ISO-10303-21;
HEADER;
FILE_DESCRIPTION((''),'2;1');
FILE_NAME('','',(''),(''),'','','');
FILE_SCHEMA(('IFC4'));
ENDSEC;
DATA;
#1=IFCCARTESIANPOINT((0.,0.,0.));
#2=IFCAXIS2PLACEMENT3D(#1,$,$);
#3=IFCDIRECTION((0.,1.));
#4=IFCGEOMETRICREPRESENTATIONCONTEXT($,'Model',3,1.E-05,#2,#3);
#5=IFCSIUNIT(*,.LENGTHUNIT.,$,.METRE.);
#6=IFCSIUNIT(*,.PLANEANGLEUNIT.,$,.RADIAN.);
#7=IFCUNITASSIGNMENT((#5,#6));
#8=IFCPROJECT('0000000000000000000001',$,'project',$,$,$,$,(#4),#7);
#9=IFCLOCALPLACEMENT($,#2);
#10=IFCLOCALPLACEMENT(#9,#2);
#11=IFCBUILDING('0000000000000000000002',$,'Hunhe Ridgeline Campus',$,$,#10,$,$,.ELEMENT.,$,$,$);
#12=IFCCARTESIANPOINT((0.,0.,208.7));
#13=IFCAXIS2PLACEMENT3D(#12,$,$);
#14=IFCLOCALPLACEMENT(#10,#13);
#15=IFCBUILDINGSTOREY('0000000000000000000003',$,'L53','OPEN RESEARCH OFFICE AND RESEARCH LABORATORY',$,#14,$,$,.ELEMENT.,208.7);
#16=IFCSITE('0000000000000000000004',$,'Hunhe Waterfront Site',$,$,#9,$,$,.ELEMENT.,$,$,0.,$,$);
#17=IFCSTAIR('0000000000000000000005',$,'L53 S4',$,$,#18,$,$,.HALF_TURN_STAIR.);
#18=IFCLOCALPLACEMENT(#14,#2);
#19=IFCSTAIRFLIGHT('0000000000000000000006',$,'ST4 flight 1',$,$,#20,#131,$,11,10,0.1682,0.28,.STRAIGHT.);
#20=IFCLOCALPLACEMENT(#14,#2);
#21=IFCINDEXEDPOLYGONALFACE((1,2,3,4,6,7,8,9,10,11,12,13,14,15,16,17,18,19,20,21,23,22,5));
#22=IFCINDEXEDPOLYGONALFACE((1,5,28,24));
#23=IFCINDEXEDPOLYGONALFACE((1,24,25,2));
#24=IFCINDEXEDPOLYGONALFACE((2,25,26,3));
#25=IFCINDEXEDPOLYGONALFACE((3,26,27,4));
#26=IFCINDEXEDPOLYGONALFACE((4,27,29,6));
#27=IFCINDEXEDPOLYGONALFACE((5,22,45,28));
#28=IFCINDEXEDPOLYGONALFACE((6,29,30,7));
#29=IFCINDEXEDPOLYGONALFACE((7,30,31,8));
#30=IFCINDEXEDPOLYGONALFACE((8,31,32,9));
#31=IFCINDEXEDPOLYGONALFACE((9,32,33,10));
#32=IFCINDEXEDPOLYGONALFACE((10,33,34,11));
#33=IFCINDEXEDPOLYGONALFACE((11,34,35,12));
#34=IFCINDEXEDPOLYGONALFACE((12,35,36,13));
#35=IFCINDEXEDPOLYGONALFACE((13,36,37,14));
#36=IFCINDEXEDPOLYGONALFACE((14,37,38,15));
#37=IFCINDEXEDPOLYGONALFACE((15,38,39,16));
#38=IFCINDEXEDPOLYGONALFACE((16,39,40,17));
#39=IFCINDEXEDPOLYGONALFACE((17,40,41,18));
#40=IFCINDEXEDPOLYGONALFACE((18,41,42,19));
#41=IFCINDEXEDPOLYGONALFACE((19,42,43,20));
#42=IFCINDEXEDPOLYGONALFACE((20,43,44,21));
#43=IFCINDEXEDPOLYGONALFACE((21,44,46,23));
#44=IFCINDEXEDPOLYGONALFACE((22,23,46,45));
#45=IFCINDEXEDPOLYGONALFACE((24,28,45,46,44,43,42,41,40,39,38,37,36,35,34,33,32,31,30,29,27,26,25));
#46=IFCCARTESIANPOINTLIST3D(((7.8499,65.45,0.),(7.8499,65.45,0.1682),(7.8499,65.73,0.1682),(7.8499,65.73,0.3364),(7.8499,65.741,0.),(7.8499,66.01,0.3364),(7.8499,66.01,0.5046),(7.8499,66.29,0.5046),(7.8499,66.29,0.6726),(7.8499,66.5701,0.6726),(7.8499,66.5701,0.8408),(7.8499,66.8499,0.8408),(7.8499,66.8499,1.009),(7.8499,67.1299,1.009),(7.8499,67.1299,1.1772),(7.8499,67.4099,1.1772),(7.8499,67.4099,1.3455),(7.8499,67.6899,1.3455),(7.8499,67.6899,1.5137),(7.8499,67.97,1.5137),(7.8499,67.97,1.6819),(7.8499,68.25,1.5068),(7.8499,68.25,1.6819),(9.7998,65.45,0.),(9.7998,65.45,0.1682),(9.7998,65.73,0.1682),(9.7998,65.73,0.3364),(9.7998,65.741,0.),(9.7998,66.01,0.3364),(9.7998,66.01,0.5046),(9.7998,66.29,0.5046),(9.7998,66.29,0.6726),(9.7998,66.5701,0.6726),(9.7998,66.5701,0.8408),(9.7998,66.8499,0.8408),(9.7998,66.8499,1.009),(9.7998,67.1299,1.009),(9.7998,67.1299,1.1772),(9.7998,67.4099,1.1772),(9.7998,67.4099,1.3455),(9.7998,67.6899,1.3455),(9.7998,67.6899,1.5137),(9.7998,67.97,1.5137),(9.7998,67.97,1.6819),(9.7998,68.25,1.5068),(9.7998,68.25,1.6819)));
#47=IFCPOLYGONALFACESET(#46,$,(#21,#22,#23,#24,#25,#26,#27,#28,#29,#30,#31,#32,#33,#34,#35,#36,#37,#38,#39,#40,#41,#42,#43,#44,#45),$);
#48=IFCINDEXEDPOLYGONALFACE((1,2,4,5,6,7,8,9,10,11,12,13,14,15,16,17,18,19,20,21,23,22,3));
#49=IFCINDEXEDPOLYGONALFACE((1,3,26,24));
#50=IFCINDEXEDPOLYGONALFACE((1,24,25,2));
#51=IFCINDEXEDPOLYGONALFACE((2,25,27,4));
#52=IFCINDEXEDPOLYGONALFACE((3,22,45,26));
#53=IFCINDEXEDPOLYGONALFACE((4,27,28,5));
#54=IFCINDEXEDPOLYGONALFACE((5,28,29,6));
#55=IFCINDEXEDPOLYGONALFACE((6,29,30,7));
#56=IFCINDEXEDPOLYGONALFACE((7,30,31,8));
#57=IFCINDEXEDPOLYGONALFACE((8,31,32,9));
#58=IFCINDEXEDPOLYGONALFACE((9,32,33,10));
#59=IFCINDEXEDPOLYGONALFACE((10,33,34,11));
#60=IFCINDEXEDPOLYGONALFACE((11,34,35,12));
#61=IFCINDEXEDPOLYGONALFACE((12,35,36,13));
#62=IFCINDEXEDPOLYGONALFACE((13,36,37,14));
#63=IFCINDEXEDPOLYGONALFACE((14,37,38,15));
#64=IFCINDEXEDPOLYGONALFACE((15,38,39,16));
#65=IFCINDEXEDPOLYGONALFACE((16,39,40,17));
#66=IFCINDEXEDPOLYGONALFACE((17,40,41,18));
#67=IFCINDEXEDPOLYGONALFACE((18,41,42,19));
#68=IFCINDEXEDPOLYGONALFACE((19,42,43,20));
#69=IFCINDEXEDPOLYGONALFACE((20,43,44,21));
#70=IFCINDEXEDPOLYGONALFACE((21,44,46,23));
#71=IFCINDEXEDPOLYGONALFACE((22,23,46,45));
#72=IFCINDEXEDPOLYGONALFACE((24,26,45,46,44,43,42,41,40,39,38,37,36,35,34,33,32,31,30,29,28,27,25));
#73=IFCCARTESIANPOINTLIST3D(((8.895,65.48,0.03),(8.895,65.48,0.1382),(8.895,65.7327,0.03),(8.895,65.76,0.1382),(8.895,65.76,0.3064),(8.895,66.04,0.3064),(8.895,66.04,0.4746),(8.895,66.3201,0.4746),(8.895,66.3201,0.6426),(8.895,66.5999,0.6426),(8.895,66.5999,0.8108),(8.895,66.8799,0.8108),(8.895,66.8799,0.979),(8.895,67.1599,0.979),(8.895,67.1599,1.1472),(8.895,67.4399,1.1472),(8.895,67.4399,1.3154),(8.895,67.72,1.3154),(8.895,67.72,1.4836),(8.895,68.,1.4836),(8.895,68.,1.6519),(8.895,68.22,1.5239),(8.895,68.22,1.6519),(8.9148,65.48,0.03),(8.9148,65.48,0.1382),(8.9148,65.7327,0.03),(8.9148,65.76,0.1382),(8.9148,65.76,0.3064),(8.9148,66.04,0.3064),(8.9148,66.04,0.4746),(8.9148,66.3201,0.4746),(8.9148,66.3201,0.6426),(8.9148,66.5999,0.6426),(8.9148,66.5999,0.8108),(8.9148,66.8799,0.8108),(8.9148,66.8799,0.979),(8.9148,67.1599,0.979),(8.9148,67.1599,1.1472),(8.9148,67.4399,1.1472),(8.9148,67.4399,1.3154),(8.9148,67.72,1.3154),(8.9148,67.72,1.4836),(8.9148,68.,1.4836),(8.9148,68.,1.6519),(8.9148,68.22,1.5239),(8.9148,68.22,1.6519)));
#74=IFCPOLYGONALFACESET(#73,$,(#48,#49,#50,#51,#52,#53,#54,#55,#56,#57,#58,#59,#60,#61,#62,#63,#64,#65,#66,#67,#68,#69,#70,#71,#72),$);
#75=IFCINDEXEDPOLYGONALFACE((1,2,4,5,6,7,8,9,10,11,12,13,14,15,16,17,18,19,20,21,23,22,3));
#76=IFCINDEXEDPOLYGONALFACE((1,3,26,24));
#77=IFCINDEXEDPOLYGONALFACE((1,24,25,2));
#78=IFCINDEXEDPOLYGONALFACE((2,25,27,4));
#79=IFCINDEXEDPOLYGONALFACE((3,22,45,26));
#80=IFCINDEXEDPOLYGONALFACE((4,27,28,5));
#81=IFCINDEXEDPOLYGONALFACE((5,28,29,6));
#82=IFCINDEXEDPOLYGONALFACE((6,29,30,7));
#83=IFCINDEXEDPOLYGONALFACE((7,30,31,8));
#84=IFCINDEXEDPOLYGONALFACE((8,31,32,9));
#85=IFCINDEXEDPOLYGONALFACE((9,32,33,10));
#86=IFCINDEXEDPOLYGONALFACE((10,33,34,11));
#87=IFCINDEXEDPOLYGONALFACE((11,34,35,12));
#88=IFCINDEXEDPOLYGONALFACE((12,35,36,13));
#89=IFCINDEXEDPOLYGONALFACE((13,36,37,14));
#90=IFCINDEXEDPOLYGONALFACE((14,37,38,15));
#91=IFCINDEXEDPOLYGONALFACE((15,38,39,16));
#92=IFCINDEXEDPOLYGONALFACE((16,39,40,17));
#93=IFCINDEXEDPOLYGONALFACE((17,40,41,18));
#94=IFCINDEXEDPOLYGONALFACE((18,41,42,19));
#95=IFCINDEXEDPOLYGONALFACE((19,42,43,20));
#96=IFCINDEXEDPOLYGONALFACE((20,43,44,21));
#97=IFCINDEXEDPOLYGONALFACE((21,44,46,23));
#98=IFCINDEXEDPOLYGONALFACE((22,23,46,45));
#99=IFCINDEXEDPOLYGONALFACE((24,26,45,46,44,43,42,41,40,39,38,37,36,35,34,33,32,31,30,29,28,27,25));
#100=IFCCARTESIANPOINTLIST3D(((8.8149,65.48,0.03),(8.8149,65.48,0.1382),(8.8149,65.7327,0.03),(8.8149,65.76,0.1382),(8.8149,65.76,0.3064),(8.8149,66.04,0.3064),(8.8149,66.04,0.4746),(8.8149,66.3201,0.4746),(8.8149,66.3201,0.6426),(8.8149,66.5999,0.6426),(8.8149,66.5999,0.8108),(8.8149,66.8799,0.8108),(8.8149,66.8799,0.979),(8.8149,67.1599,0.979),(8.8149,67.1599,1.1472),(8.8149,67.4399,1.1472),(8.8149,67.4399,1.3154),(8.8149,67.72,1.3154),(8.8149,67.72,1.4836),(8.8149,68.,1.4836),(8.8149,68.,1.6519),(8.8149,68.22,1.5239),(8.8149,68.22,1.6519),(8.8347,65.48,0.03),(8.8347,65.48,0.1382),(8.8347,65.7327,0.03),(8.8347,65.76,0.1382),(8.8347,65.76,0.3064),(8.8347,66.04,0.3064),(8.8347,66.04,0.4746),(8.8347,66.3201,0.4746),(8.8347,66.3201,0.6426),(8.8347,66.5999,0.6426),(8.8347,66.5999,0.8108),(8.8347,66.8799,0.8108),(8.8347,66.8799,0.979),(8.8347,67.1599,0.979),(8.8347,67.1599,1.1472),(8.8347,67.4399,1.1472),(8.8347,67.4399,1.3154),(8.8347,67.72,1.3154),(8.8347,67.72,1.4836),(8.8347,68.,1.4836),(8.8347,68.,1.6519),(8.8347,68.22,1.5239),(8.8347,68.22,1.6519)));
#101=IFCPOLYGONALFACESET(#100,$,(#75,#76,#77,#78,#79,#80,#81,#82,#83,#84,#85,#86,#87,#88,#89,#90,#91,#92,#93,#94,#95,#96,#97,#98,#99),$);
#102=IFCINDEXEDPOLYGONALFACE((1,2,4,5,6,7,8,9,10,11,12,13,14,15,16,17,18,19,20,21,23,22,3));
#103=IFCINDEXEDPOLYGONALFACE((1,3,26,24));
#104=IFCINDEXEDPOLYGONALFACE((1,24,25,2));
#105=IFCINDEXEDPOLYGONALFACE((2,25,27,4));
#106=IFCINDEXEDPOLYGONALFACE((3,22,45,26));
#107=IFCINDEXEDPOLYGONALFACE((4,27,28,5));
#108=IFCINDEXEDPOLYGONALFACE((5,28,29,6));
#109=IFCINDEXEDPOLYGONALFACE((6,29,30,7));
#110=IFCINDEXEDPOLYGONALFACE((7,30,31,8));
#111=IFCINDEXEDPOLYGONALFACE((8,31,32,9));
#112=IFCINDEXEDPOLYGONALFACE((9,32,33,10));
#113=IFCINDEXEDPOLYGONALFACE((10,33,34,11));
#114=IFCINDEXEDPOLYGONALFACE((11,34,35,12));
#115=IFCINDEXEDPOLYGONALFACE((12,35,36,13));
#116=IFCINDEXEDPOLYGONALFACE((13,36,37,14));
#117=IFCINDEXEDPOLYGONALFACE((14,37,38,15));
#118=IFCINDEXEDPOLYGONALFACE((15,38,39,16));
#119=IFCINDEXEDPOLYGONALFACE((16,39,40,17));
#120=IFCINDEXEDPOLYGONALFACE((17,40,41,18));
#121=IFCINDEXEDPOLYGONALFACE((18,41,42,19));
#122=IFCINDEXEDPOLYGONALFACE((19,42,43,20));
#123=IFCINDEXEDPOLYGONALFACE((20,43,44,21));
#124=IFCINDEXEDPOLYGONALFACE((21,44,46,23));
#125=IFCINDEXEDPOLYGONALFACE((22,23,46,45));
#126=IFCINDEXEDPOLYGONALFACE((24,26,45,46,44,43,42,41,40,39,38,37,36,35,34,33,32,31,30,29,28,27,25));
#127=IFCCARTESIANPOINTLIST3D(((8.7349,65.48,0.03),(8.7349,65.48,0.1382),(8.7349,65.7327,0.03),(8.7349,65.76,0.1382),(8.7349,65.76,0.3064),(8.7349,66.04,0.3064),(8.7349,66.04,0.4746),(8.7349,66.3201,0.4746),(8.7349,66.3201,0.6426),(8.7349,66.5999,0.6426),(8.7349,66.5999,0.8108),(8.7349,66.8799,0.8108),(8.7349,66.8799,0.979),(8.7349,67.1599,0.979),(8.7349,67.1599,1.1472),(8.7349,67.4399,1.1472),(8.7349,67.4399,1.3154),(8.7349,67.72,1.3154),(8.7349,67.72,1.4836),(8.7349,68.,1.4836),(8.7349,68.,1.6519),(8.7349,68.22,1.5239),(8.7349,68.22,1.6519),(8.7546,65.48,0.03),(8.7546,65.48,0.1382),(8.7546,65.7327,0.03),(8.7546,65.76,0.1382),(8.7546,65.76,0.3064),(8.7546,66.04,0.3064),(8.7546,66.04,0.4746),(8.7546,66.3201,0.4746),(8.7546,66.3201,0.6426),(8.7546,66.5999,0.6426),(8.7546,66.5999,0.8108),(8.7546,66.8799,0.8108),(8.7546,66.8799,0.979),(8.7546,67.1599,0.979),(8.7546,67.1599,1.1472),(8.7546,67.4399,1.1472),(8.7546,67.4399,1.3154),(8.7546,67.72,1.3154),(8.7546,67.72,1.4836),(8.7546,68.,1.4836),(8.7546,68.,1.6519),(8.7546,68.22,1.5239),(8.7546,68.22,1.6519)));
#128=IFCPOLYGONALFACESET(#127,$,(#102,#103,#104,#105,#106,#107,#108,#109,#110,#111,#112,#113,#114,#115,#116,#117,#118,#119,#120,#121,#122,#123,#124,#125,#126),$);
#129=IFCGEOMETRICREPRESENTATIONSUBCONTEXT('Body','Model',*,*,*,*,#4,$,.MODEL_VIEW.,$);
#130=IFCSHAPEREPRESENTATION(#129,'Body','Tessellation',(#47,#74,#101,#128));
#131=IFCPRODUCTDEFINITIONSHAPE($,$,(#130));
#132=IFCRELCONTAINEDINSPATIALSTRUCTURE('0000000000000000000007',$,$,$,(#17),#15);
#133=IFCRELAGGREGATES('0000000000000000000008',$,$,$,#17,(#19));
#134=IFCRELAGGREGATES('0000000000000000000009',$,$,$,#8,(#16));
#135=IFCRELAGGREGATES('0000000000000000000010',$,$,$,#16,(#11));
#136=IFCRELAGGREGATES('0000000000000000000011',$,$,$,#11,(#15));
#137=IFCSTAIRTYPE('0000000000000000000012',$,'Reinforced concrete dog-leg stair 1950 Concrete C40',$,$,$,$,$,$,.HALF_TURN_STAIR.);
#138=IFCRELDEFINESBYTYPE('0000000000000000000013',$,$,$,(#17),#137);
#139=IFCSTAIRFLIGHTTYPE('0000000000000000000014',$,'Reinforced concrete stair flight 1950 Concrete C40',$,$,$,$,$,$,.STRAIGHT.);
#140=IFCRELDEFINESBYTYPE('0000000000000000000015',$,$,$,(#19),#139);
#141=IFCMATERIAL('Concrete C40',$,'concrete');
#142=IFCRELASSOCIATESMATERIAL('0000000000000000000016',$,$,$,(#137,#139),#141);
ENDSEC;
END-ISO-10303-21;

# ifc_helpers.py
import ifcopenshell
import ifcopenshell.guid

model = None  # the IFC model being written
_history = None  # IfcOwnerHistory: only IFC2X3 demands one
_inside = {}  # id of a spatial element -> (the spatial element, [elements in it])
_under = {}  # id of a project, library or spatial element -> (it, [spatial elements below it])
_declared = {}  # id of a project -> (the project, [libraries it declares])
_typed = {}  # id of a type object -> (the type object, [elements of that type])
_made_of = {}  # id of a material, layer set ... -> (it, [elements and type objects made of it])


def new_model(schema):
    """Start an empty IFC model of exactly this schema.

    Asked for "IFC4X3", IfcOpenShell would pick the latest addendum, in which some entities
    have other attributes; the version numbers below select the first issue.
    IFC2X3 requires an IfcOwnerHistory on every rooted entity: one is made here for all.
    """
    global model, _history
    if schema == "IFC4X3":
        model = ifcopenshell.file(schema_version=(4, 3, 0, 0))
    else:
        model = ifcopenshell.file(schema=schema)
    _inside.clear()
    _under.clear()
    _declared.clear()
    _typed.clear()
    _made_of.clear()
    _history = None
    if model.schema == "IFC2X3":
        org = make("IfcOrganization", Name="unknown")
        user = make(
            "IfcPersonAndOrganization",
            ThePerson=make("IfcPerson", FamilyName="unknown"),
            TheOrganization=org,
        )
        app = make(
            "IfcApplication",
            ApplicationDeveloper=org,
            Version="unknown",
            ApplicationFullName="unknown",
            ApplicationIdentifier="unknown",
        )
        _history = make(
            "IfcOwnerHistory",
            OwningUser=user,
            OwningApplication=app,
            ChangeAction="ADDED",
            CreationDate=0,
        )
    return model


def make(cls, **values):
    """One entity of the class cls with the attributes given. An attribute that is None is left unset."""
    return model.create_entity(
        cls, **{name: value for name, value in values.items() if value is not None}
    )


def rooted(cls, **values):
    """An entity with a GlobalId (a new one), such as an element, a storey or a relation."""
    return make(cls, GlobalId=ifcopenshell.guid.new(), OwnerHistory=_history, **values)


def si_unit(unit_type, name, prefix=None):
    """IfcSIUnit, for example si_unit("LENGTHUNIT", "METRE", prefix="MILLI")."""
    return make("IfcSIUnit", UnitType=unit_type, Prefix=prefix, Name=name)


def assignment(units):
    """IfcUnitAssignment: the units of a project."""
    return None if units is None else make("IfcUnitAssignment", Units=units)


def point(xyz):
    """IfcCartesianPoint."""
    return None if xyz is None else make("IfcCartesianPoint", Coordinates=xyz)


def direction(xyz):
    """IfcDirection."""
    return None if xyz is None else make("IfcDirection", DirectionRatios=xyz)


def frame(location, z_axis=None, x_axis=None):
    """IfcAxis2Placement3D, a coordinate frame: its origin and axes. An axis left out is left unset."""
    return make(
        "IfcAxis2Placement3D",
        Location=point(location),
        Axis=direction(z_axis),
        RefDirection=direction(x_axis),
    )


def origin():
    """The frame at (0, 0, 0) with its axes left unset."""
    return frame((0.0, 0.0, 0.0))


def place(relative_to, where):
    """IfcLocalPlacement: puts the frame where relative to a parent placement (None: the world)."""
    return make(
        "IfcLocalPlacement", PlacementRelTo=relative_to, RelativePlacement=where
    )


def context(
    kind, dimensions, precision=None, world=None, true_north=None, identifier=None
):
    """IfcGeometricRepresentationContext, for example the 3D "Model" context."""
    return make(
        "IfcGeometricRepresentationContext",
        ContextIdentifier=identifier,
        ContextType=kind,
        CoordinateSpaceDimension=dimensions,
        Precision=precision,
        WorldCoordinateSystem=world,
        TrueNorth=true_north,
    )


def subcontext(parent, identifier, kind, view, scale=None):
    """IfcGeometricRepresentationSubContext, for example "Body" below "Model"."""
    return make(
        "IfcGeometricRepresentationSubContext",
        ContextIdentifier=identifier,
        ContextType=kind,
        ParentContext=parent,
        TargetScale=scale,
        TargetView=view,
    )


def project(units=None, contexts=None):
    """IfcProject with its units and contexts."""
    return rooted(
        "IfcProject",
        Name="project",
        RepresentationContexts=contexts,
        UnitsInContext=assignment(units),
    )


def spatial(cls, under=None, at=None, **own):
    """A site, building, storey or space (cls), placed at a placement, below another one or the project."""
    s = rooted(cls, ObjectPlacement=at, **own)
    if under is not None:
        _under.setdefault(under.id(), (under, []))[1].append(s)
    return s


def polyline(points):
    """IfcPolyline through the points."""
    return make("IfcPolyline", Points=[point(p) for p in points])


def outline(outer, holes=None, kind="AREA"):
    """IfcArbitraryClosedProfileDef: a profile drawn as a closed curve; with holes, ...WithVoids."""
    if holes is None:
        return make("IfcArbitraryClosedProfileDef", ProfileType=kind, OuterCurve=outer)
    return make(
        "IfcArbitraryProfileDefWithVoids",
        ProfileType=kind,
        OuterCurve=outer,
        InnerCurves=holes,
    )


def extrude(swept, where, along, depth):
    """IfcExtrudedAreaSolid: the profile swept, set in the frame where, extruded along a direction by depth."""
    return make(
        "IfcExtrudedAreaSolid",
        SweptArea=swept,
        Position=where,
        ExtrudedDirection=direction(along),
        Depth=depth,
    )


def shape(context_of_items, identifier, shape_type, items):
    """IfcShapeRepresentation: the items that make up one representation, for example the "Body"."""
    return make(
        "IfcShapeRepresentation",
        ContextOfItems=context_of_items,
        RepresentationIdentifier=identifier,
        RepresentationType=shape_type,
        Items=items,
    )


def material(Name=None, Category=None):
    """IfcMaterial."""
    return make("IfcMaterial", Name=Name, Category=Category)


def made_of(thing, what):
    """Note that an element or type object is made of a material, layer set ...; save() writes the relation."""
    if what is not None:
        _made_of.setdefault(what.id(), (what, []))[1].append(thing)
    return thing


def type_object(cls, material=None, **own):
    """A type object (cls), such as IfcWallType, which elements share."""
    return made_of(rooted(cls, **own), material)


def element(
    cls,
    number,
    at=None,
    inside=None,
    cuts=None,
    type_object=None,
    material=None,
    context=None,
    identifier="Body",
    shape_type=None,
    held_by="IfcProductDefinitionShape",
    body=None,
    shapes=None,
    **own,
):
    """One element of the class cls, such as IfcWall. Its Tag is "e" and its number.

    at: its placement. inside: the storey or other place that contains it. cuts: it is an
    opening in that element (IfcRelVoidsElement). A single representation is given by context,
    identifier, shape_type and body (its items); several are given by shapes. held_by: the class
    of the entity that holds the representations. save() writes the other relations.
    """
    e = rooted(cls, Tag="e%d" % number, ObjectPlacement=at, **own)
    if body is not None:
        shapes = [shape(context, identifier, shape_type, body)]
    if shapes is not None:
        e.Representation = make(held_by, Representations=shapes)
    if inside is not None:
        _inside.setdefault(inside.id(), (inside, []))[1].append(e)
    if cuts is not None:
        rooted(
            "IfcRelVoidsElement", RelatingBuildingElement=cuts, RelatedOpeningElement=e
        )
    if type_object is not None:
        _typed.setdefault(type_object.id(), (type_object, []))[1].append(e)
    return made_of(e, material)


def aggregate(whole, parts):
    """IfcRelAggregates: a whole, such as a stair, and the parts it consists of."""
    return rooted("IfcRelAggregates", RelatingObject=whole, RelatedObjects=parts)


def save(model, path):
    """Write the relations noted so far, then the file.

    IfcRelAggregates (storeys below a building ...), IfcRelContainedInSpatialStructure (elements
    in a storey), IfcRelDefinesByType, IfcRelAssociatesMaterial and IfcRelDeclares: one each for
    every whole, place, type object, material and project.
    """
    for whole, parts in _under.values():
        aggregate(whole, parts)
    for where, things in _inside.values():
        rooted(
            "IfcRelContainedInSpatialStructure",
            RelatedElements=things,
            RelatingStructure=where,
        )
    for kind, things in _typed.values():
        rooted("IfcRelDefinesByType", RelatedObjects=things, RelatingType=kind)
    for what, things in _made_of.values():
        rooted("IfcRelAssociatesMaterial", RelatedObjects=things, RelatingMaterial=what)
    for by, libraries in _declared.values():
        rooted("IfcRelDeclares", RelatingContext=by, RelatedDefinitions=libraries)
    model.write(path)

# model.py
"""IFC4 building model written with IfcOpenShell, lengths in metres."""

from ifc_helpers import new_model, si_unit, direction, frame, origin, place, context, subcontext, project, spatial, polyline, outline, extrude, material, type_object, element, aggregate, save


model = new_model("IFC4")

# Units and contexts
model_context = context("Model", 3, precision=1e-05, world=origin(), true_north=direction((0.0, 1.0)))
body_context = subcontext(model_context, "Body", "Model", "MODEL_VIEW")
ifc_project = project(units=[si_unit("LENGTHUNIT", "METRE"), si_unit("PLANEANGLEUNIT", "RADIAN")], contexts=[model_context])

# Site, building, storey
site_placement = place(None, origin())
site = spatial("IfcSite", under=ifc_project, at=site_placement, Name="Hunhe Waterfront Site", CompositionType="ELEMENT", RefElevation=0.0)
building_placement = place(site_placement, origin())
building = spatial("IfcBuilding", under=site, at=building_placement, Name="Hunhe Ridgeline Campus", CompositionType="ELEMENT")
storey_placement = place(building_placement, frame((0.0, 0.0, 208.7)))
storey = spatial("IfcBuildingStorey", under=building, at=storey_placement, Name="L53", Description="OPEN RESEARCH OFFICE AND RESEARCH LABORATORY", CompositionType="ELEMENT", Elevation=208.7)

# Shared definitions
ifc_material_1 = material(Name="Concrete C40", Category="concrete")
stair_type = type_object("IfcStairType", Name="Reinforced concrete dog-leg stair 1950 Concrete C40", PredefinedType="HALF_TURN_STAIR", material=ifc_material_1)
stair_flight_type = type_object("IfcStairFlightType", Name="Reinforced concrete stair flight 1950 Concrete C40", PredefinedType="STRAIGHT", material=ifc_material_1)

# Stair, stair flight
stair_1_placement = place(storey_placement, origin())
stair_1 = element("IfcStair", 1, at=stair_1_placement, inside=storey, type_object=stair_type, Name="L53 S4", PredefinedType="HALF_TURN_STAIR")
stair_flight_1_placement = place(storey_placement, frame((8.825, 65.45, 0.0), z_axis=(0.0, 0.0, 1.0), x_axis=(0.0, 1.0, 0.0)))
stair_flight_1 = element("IfcStairFlight", 2, at=stair_flight_1_placement, type_object=stair_flight_type, Name="ST4 flight 1", NumberOfRisers=11, NumberOfTreads=10, PredefinedType="STRAIGHT", RiserHeight=0.1682, TreadLength=0.28, context=body_context, shape_type="SweptSolid", body=[
    extrude(outline(polyline([(0.0, 0.0), (0.0, 0.1682), (0.28, 0.1682), (0.28, 0.3364), (0.5601, 0.3364), (0.5601, 0.5046), (0.8401, 0.5046), (0.8401, 0.6726), (1.1201, 0.6726), (1.1201, 0.8408), (1.3999, 0.8408), (1.3999, 1.009), (1.6799, 1.009), (1.6799, 1.1772), (1.96, 1.1772), (1.96, 1.3455), (2.24, 1.3455), (2.24, 1.5137), (2.52, 1.5137), (2.52, 1.6819), (2.8, 1.6819), (2.8, 1.8501), (2.8, 1.5068), (0.291, 0.0), (0.0, 0.0)])), frame((0.0, 0.9751, 0.0), z_axis=(0.0, -1.0, 0.0), x_axis=(1.0, 0.0, 0.0)), (0.0, 0.0, 1.0), 1.95),
    extrude(outline(polyline([(0.03, 0.03), (0.03, 0.1382), (0.3101, 0.1382), (0.3101, 0.3064), (0.5901, 0.3064), (0.5901, 0.4746), (0.8701, 0.4746), (0.8701, 0.6426), (1.1499, 0.6426), (1.1499, 0.8108), (1.4299, 0.8108), (1.4299, 0.979), (1.71, 0.979), (1.71, 1.1472), (1.99, 1.1472), (1.99, 1.3154), (2.27, 1.3154), (2.27, 1.4836), (2.55, 1.4836), (2.55, 1.6519), (2.77, 1.6519), (2.77, 1.5239), (0.2827, 0.03), (0.03, 0.03)])), frame((0.0, -0.0701, 0.0), z_axis=(0.0, -1.0, 0.0), x_axis=(1.0, 0.0, 0.0)), (0.0, 0.0, 1.0), 0.0198),
    extrude(outline(polyline([(0.03, 0.03), (0.03, 0.1382), (0.3101, 0.1382), (0.3101, 0.3064), (0.5901, 0.3064), (0.5901, 0.4746), (0.8701, 0.4746), (0.8701, 0.6426), (1.1499, 0.6426), (1.1499, 0.8108), (1.4299, 0.8108), (1.4299, 0.979), (1.71, 0.979), (1.71, 1.1472), (1.99, 1.1472), (1.99, 1.3154), (2.27, 1.3154), (2.27, 1.4836), (2.55, 1.4836), (2.55, 1.6519), (2.77, 1.6519), (2.77, 1.5239), (0.2827, 0.03), (0.03, 0.03)])), frame((0.0, 0.01, 0.0), z_axis=(0.0, -1.0, 0.0), x_axis=(1.0, 0.0, 0.0)), (0.0, 0.0, 1.0), 0.0198),
    extrude(outline(polyline([(0.03, 0.03), (0.03, 0.1382), (0.3101, 0.1382), (0.3101, 0.3064), (0.5901, 0.3064), (0.5901, 0.4746), (0.8701, 0.4746), (0.8701, 0.6426), (1.1499, 0.6426), (1.1499, 0.8108), (1.4299, 0.8108), (1.4299, 0.979), (1.71, 0.979), (1.71, 1.1472), (1.99, 1.1472), (1.99, 1.3154), (2.27, 1.3154), (2.27, 1.4836), (2.55, 1.4836), (2.55, 1.6519), (2.77, 1.6519), (2.77, 1.5239), (0.2827, 0.03), (0.03, 0.03)])), frame((0.0, 0.0901, 0.0), z_axis=(0.0, -1.0, 0.0), x_axis=(1.0, 0.0, 0.0)), (0.0, 0.0, 1.0), 0.0198),
])
aggregate(stair_1, [stair_flight_1])

save(model, "model.ifc")
